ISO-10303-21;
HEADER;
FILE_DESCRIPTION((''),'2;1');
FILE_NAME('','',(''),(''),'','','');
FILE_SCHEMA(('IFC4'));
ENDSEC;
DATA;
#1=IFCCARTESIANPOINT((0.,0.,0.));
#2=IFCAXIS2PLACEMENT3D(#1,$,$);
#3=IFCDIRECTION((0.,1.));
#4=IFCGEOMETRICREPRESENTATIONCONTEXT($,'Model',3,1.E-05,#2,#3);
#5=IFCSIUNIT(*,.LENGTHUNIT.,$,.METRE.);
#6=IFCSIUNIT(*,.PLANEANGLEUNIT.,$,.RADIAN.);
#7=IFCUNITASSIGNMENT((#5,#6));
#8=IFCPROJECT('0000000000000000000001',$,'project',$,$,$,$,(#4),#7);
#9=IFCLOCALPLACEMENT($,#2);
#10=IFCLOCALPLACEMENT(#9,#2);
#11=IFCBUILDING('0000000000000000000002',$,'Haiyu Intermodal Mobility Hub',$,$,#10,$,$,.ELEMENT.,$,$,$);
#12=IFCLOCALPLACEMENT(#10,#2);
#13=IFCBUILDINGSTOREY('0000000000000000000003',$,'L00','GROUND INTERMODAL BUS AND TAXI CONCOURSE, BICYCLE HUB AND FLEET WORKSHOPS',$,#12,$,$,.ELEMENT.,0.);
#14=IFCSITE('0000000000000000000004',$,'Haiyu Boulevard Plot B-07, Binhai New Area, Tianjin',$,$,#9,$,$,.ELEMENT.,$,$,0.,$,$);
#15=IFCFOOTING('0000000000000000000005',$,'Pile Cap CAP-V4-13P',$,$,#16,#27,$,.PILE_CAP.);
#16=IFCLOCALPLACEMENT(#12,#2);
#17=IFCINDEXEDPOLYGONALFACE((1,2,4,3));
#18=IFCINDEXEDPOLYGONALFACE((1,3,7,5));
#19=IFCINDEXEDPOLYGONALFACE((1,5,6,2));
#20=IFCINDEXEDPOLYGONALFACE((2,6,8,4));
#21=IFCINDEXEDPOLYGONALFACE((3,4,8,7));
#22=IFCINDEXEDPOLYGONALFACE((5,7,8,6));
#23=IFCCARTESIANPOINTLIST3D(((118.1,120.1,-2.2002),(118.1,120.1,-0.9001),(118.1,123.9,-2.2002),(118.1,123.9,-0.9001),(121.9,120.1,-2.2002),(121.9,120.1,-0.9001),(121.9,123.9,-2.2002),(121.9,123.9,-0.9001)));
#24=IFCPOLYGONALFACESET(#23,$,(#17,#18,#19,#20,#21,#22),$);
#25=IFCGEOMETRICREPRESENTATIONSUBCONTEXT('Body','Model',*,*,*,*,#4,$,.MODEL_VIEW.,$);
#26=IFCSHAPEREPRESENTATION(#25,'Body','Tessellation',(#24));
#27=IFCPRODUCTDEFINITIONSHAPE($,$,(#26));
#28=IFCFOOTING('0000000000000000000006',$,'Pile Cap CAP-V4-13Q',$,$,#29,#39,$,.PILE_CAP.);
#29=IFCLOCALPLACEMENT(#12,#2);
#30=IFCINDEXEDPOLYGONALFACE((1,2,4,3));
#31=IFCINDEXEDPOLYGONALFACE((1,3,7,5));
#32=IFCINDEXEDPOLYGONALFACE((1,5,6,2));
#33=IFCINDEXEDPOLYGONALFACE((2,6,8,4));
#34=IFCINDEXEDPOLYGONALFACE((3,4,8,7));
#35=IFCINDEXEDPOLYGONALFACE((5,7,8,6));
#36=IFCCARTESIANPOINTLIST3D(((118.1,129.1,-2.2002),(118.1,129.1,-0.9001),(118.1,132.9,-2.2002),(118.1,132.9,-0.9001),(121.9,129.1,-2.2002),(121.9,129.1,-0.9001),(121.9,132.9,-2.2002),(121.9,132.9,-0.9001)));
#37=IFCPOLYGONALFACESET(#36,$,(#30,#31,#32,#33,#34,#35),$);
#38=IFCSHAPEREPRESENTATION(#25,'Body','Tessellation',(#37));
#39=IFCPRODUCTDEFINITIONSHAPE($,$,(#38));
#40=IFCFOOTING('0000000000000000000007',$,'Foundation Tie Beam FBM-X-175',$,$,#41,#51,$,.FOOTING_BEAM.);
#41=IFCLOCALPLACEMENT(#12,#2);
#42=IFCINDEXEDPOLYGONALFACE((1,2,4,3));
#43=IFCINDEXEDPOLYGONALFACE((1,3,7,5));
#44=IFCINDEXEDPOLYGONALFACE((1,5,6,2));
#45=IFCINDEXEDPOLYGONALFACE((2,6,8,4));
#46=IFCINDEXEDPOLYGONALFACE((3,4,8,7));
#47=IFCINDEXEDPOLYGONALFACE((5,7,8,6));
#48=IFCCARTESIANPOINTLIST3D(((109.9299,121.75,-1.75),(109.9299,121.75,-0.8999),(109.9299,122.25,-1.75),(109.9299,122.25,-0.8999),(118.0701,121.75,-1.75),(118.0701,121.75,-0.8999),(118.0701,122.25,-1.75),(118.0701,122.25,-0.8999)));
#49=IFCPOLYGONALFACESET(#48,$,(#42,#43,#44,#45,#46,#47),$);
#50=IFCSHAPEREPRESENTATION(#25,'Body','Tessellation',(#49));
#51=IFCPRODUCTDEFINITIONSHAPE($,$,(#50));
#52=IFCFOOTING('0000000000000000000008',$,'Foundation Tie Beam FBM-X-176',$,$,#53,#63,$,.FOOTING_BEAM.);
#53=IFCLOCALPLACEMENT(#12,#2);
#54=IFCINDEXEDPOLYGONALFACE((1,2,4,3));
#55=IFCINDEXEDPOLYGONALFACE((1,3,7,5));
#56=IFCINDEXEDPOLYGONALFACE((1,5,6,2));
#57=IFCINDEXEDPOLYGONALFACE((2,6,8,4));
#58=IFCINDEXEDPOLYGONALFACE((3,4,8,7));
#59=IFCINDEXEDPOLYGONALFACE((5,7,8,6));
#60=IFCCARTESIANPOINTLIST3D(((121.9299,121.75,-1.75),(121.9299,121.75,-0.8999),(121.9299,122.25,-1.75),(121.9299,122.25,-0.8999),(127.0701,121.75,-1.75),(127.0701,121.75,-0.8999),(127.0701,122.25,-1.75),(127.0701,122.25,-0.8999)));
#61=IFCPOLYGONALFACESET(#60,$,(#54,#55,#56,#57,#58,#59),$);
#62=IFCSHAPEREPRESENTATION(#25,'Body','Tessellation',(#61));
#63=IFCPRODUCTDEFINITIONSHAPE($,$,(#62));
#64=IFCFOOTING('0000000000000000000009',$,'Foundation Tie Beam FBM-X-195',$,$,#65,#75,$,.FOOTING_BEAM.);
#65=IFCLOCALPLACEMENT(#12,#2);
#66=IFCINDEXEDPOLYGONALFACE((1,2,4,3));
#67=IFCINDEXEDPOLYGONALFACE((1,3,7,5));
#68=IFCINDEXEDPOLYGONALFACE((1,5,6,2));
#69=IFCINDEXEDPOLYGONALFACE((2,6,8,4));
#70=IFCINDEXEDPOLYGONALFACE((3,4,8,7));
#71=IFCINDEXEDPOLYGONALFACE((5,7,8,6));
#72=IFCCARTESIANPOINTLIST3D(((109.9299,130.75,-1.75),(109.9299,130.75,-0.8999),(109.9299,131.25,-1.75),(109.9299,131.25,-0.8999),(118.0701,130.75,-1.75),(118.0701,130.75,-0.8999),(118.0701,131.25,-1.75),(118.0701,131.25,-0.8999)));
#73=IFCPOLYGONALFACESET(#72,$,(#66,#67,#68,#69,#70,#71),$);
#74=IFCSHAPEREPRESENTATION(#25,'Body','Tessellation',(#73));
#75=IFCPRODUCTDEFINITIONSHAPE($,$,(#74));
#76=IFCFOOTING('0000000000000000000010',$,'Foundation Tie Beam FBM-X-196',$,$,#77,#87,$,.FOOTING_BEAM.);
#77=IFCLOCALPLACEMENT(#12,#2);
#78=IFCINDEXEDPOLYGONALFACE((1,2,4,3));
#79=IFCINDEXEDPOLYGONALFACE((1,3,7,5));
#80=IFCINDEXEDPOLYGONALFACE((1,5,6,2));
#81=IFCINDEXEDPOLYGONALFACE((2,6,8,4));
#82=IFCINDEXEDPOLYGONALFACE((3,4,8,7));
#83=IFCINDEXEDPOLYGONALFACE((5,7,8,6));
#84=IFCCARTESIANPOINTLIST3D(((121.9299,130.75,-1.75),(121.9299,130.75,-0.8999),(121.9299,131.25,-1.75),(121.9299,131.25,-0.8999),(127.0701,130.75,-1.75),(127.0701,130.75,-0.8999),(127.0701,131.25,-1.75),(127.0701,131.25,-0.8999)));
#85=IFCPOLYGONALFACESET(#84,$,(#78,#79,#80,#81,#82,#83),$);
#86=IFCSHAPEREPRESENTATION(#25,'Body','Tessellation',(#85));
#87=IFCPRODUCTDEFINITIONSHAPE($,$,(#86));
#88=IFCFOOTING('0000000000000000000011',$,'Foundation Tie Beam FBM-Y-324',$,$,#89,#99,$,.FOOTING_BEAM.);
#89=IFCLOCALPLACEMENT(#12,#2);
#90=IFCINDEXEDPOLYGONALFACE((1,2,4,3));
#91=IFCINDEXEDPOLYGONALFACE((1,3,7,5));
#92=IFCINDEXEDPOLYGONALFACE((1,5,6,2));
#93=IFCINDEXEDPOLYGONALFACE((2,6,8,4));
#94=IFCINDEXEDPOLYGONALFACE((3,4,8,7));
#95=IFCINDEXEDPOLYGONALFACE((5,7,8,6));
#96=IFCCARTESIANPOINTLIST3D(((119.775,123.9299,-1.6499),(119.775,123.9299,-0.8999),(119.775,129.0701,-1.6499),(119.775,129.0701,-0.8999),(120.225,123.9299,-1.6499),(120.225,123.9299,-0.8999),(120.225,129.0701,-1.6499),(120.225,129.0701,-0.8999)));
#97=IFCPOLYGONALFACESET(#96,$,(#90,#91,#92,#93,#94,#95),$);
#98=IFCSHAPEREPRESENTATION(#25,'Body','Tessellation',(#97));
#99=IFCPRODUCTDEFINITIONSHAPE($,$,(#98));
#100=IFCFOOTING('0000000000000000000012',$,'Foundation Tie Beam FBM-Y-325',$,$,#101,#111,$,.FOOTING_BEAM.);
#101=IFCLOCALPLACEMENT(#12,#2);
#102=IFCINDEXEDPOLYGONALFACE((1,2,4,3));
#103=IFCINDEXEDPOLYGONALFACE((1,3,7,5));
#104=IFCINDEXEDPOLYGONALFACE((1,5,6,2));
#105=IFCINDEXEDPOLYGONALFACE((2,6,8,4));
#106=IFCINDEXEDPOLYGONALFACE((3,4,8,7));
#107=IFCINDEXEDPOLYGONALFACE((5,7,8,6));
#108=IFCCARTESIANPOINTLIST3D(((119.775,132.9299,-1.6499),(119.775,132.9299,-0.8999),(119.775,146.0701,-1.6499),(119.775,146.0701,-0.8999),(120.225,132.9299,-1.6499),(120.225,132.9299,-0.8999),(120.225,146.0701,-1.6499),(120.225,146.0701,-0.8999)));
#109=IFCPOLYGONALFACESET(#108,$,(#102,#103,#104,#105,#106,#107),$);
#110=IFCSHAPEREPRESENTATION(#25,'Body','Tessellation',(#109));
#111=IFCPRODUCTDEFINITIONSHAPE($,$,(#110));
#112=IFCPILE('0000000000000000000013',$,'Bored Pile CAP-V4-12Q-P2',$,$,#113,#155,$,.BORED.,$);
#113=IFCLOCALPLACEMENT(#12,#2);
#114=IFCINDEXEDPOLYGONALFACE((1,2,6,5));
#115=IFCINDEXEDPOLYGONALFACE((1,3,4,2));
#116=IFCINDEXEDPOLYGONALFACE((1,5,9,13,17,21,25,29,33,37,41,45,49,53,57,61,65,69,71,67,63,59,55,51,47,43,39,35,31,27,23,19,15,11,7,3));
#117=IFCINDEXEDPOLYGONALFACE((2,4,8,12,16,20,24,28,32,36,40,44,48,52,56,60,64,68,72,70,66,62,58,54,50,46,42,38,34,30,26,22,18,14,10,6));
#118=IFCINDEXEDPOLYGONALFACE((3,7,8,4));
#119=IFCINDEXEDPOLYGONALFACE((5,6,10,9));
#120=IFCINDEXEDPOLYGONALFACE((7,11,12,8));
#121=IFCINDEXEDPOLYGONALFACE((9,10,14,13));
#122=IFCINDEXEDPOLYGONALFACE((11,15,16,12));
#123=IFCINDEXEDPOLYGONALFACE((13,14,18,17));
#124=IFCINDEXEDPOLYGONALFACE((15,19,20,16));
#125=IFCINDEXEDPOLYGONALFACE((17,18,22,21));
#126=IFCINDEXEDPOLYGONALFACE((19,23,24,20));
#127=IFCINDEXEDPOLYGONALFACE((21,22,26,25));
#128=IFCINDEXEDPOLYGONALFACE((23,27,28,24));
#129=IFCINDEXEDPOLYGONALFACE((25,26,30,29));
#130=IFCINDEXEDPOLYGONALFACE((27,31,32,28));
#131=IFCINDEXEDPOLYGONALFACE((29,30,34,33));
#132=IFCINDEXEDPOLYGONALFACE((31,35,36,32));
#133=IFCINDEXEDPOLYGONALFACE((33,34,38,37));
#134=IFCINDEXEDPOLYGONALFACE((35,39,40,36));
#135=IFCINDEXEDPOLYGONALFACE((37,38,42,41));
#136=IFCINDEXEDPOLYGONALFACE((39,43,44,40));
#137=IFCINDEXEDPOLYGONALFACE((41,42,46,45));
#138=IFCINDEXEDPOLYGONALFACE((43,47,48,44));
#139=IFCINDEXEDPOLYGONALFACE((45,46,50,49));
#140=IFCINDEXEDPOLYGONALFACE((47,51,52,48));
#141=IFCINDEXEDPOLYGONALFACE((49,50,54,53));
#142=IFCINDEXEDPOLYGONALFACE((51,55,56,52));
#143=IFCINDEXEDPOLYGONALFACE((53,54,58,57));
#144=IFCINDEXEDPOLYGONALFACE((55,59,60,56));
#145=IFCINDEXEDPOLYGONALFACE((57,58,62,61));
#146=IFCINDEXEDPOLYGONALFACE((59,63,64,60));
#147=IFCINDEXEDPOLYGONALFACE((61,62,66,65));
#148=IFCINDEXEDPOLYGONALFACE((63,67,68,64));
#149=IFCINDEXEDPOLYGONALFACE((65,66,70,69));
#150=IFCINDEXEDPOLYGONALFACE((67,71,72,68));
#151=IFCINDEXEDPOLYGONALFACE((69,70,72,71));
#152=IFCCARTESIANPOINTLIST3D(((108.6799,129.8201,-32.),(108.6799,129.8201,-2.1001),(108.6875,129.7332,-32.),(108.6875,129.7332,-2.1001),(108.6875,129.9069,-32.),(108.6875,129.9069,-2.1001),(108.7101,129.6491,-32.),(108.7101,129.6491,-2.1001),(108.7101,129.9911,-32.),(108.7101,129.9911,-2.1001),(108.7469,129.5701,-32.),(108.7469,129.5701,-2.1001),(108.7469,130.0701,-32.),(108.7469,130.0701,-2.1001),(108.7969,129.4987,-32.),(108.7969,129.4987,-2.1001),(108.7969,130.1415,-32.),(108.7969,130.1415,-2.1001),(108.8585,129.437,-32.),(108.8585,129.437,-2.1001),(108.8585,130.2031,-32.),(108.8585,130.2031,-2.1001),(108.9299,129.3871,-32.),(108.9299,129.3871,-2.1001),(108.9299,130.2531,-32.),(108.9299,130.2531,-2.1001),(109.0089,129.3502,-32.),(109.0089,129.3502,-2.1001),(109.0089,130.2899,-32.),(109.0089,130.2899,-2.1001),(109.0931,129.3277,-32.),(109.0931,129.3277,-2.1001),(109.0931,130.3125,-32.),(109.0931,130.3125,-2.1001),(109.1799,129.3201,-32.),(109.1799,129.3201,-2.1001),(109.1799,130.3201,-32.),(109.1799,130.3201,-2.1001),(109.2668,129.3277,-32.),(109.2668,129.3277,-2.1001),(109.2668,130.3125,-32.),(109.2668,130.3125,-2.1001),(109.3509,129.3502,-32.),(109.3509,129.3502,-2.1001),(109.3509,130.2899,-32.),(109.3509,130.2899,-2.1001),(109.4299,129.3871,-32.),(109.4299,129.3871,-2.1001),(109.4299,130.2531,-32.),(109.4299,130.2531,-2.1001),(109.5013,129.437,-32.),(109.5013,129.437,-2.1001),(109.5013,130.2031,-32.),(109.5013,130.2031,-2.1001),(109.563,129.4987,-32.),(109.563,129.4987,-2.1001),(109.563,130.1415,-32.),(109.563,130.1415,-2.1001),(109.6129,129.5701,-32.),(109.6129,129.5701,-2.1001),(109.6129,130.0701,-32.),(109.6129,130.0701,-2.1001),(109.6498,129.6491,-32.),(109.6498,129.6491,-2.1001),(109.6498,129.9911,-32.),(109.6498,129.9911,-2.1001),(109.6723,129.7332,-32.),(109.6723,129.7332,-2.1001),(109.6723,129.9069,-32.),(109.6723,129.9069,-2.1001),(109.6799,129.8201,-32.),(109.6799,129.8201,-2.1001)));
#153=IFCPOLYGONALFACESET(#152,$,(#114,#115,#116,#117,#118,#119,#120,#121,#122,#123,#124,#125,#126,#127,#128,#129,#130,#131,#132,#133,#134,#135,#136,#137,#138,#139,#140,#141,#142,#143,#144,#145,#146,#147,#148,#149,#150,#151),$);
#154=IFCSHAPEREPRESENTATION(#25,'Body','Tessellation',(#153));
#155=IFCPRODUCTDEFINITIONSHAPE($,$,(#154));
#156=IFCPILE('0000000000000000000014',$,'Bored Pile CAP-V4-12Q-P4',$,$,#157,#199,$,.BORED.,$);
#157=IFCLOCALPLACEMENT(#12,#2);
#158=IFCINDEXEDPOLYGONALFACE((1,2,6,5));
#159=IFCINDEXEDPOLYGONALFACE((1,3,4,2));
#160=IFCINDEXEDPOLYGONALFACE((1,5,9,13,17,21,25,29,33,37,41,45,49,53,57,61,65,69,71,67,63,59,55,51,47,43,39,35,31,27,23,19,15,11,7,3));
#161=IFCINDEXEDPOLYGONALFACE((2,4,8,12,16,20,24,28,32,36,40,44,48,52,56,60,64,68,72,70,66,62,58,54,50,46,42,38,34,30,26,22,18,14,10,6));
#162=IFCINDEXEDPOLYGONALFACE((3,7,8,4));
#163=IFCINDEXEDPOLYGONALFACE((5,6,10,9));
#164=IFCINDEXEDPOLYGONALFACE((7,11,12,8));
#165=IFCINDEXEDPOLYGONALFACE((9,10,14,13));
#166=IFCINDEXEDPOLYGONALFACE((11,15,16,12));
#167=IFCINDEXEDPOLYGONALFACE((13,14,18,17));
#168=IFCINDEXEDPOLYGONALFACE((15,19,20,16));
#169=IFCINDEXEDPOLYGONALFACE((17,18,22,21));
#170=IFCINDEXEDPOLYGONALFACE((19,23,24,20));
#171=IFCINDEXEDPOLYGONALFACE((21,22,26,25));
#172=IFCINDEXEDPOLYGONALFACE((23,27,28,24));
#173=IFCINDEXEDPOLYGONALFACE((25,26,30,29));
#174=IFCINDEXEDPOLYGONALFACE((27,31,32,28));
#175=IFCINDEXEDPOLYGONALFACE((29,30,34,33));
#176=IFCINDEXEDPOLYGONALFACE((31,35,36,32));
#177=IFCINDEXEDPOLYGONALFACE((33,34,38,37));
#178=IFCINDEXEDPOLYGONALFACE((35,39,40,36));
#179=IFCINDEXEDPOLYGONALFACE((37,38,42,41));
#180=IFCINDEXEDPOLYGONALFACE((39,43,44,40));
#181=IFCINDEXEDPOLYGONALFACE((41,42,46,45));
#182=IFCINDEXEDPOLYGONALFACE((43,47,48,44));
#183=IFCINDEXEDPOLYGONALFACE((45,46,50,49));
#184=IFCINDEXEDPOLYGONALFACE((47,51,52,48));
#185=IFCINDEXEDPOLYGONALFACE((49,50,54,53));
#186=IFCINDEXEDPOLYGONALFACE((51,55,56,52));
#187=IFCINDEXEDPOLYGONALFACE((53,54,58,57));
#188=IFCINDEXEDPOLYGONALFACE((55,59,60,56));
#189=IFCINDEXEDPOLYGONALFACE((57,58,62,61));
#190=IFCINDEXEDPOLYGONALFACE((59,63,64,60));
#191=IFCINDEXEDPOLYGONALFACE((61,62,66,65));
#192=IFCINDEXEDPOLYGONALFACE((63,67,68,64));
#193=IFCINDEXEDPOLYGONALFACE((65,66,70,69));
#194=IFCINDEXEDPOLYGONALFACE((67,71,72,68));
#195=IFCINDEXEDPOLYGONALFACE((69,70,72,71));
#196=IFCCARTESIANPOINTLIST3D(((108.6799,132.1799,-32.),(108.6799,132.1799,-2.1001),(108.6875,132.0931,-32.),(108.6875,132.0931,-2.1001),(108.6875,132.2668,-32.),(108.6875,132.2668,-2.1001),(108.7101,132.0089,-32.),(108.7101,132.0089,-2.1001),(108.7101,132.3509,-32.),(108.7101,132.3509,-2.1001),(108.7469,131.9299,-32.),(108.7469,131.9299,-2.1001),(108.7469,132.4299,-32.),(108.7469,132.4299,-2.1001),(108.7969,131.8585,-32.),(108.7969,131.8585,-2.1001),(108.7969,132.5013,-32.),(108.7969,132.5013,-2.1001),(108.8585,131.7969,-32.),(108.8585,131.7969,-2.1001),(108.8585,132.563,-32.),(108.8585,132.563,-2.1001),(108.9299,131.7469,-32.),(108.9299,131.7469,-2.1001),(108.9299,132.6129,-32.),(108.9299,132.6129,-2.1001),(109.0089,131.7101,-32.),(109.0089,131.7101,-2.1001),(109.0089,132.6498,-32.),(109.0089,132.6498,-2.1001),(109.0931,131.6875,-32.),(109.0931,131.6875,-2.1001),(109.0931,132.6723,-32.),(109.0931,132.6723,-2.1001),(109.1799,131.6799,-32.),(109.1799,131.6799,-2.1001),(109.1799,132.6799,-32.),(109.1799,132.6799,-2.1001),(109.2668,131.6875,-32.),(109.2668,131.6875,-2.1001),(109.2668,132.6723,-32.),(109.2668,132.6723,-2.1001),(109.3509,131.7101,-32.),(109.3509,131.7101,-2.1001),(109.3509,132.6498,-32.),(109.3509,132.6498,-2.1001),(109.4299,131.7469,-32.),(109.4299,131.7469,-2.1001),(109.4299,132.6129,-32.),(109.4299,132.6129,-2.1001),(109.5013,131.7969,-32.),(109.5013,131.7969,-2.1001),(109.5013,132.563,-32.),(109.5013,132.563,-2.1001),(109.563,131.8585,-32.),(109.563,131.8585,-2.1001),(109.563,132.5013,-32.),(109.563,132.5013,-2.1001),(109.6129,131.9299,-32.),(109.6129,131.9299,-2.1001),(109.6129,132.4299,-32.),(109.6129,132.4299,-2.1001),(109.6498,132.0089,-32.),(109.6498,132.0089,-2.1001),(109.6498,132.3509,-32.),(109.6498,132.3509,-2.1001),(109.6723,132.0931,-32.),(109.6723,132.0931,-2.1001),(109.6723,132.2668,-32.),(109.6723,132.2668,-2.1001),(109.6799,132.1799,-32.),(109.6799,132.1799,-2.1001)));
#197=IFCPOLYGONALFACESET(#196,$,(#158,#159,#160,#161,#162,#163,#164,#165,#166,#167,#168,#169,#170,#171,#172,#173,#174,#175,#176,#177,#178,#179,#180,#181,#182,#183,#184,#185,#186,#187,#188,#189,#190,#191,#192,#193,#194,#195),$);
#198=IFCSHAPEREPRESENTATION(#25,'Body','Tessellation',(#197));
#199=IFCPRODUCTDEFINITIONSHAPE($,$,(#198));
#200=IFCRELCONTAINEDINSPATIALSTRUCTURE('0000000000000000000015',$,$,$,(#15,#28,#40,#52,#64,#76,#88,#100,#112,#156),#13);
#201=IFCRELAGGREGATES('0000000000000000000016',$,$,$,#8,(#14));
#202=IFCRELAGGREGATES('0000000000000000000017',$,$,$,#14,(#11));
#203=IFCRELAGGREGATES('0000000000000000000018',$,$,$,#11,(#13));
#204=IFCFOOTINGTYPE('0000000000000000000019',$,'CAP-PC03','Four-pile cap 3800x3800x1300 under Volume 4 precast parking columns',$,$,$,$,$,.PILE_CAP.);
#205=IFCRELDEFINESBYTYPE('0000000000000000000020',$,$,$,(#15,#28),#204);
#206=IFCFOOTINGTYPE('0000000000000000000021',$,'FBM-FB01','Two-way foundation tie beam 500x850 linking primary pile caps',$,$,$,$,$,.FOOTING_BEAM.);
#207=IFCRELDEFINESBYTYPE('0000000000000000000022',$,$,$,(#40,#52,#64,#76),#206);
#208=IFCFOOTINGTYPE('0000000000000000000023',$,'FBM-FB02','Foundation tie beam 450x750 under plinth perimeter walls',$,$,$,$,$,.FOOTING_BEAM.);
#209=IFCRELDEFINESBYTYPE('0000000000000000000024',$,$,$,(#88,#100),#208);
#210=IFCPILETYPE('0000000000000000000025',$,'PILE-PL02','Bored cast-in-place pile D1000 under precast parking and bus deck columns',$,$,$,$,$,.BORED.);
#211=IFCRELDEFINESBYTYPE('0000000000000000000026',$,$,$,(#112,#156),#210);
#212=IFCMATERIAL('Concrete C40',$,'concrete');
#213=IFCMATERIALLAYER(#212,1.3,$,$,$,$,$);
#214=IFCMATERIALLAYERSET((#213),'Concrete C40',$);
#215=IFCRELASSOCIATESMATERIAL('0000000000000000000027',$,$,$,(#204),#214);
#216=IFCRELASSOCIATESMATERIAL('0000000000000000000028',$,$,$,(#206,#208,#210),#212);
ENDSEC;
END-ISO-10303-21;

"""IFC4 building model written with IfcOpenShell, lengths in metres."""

from ifc_helpers import new_model, si_unit, direction, frame, origin, origin_2d, place, context, subcontext, project, spatial, rectangle, circle, extrude, material, layer, layer_set, material_profile, profile_set, type_object, element, save


model = new_model("IFC4")

# Units and contexts
model_context = context("Model", 3, precision=1e-05, world=origin(), true_north=direction((0.0, 1.0)))
body_context = subcontext(model_context, "Body", "Model", "MODEL_VIEW")
ifc_project = project(units=[si_unit("LENGTHUNIT", "METRE"), si_unit("PLANEANGLEUNIT", "RADIAN")], contexts=[model_context])

# Site, building, storey
site_placement = place(None, origin())
site = spatial("IfcSite", under=ifc_project, at=site_placement, Name="Haiyu Boulevard Plot B-07, Binhai New Area, Tianjin", CompositionType="ELEMENT", RefElevation=0.0)
building_placement = place(site_placement, origin())
building = spatial("IfcBuilding", under=site, at=building_placement, Name="Haiyu Intermodal Mobility Hub", CompositionType="ELEMENT")
storey_placement = place(building_placement, origin())
storey = spatial("IfcBuildingStorey", under=building, at=storey_placement, Name="L00", Description="GROUND INTERMODAL BUS AND TAXI CONCOURSE, BICYCLE HUB AND FLEET WORKSHOPS", CompositionType="ELEMENT", Elevation=0.0)

# Footings
ifc_material_1 = material(Name="Concrete C40", Category="concrete")
ifc_layer = layer(ifc_material_1, 1.3)
ifc_layer_set = layer_set([ifc_layer], Name="Concrete C40")
footing_type_1 = type_object("IfcFootingType", Name="CAP-PC03", Description="Four-pile cap 3800x3800x1300 under Volume 4 precast parking columns", PredefinedType="PILE_CAP", material=ifc_layer_set)
for number, where, z_axis, x_axis, name in (
    (1, (120.0, 122.0, -2.2002), (0.0, 0.0, 1.0), (1.0, 0.0, 0.0), "Pile Cap CAP-V4-13P"),
    (2, (120.0, 131.0, -2.2002), (0.0, 0.0, 1.0), (1.0, 0.0, 0.0), "Pile Cap CAP-V4-13Q"),
):
    element("IfcFooting", number, at=place(storey_placement, frame(where, z_axis=z_axis, x_axis=x_axis)), inside=storey, type_object=footing_type_1, Name=name, PredefinedType="PILE_CAP", context=body_context, shape_type="SweptSolid", body=[
        extrude(rectangle(XDim=3.8, YDim=3.8, at=origin_2d()), origin(), (0.0, 0.0, 1.0), 1.3),
    ])
ifc_material_profile_1 = material_profile(ifc_material_1, rectangle(XDim=0.5, YDim=0.8501, at=origin_2d()), Name="FB500x850")
ifc_profile_set_1 = profile_set([ifc_material_profile_1], Name="Concrete C40")
footing_type_2 = type_object("IfcFootingType", Name="FBM-FB01", Description="Two-way foundation tie beam 500x850 linking primary pile caps", PredefinedType="FOOTING_BEAM", material=ifc_profile_set_1)
footing_1_placement = place(storey_placement, frame((109.9299, 122.0, -1.325), z_axis=(1.0, 0.0, 0.0), x_axis=(0.0, 1.0, 0.0)))
element("IfcFooting", 3, at=footing_1_placement, inside=storey, type_object=footing_type_2, Name="Foundation Tie Beam FBM-X-175", PredefinedType="FOOTING_BEAM", context=body_context, shape_type="SweptSolid", body=[
    extrude(rectangle(XDim=0.5, YDim=0.8501, at=origin_2d()), origin(), (0.0, 0.0, 1.0), 8.1401),
])
footing_2_placement = place(storey_placement, frame((121.9299, 122.0, -1.325), z_axis=(1.0, 0.0, 0.0), x_axis=(0.0, 1.0, 0.0)))
element("IfcFooting", 4, at=footing_2_placement, inside=storey, type_object=footing_type_2, Name="Foundation Tie Beam FBM-X-176", PredefinedType="FOOTING_BEAM", context=body_context, shape_type="SweptSolid", body=[
    extrude(rectangle(XDim=0.5, YDim=0.8501, at=origin_2d()), origin(), (0.0, 0.0, 1.0), 5.1401),
])
footing_3_placement = place(storey_placement, frame((109.9299, 131.0, -1.325), z_axis=(1.0, 0.0, 0.0), x_axis=(0.0, 1.0, 0.0)))
element("IfcFooting", 5, at=footing_3_placement, inside=storey, type_object=footing_type_2, Name="Foundation Tie Beam FBM-X-195", PredefinedType="FOOTING_BEAM", context=body_context, shape_type="SweptSolid", body=[
    extrude(rectangle(XDim=0.5, YDim=0.8501, at=origin_2d()), origin(), (0.0, 0.0, 1.0), 8.1401),
])
footing_4_placement = place(storey_placement, frame((121.9299, 131.0, -1.325), z_axis=(1.0, 0.0, 0.0), x_axis=(0.0, 1.0, 0.0)))
element("IfcFooting", 6, at=footing_4_placement, inside=storey, type_object=footing_type_2, Name="Foundation Tie Beam FBM-X-196", PredefinedType="FOOTING_BEAM", context=body_context, shape_type="SweptSolid", body=[
    extrude(rectangle(XDim=0.5, YDim=0.8501, at=origin_2d()), origin(), (0.0, 0.0, 1.0), 5.1401),
])
ifc_material_profile_2 = material_profile(ifc_material_1, rectangle(XDim=0.45, YDim=0.75, at=origin_2d()), Name="FB450x750")
ifc_profile_set_2 = profile_set([ifc_material_profile_2], Name="Concrete C40")
footing_type_3 = type_object("IfcFootingType", Name="FBM-FB02", Description="Foundation tie beam 450x750 under plinth perimeter walls", PredefinedType="FOOTING_BEAM", material=ifc_profile_set_2)
footing_5_placement = place(storey_placement, frame((120.0, 123.9299, -1.2749), z_axis=(0.0, 1.0, 0.0), x_axis=(-1.0, 0.0, 0.0)))
element("IfcFooting", 7, at=footing_5_placement, inside=storey, type_object=footing_type_3, Name="Foundation Tie Beam FBM-Y-324", PredefinedType="FOOTING_BEAM", context=body_context, shape_type="SweptSolid", body=[
    extrude(rectangle(XDim=0.45, YDim=0.75, at=origin_2d()), origin(), (0.0, 0.0, 1.0), 5.1401),
])
footing_6_placement = place(storey_placement, frame((120.0, 132.9299, -1.2749), z_axis=(0.0, 1.0, 0.0), x_axis=(-1.0, 0.0, 0.0)))
element("IfcFooting", 8, at=footing_6_placement, inside=storey, type_object=footing_type_3, Name="Foundation Tie Beam FBM-Y-325", PredefinedType="FOOTING_BEAM", context=body_context, shape_type="SweptSolid", body=[
    extrude(rectangle(XDim=0.45, YDim=0.75, at=origin_2d()), origin(), (0.0, 0.0, 1.0), 13.1401),
])

# Piles
ifc_material_profile_3 = material_profile(ifc_material_1, circle(Radius=0.5, at=origin_2d()), Name="PILE-D1000")
ifc_profile_set_3 = profile_set([ifc_material_profile_3], Name="Concrete C40")
pile_type = type_object("IfcPileType", Name="PILE-PL02", Description="Bored cast-in-place pile D1000 under precast parking and bus deck columns", PredefinedType="BORED", material=ifc_profile_set_3)
for number, where, z_axis, x_axis, name in (
    (9, (109.1799, 129.8201, -2.1001), (0.0, 0.0, -1.0), (1.0, 0.0, 0.0), "Bored Pile CAP-V4-12Q-P2"),
    (10, (109.1799, 132.1799, -2.1001), (0.0, 0.0, -1.0), (1.0, 0.0, 0.0), "Bored Pile CAP-V4-12Q-P4"),
):
    element("IfcPile", number, at=place(storey_placement, frame(where, z_axis=z_axis, x_axis=x_axis)), inside=storey, type_object=pile_type, Name=name, PredefinedType="BORED", context=body_context, shape_type="SweptSolid", body=[
        extrude(circle(Radius=0.5, at=origin_2d()), origin(), (0.0, 0.0, 1.0), 29.8999),
    ])

save(model, "model.ifc")
